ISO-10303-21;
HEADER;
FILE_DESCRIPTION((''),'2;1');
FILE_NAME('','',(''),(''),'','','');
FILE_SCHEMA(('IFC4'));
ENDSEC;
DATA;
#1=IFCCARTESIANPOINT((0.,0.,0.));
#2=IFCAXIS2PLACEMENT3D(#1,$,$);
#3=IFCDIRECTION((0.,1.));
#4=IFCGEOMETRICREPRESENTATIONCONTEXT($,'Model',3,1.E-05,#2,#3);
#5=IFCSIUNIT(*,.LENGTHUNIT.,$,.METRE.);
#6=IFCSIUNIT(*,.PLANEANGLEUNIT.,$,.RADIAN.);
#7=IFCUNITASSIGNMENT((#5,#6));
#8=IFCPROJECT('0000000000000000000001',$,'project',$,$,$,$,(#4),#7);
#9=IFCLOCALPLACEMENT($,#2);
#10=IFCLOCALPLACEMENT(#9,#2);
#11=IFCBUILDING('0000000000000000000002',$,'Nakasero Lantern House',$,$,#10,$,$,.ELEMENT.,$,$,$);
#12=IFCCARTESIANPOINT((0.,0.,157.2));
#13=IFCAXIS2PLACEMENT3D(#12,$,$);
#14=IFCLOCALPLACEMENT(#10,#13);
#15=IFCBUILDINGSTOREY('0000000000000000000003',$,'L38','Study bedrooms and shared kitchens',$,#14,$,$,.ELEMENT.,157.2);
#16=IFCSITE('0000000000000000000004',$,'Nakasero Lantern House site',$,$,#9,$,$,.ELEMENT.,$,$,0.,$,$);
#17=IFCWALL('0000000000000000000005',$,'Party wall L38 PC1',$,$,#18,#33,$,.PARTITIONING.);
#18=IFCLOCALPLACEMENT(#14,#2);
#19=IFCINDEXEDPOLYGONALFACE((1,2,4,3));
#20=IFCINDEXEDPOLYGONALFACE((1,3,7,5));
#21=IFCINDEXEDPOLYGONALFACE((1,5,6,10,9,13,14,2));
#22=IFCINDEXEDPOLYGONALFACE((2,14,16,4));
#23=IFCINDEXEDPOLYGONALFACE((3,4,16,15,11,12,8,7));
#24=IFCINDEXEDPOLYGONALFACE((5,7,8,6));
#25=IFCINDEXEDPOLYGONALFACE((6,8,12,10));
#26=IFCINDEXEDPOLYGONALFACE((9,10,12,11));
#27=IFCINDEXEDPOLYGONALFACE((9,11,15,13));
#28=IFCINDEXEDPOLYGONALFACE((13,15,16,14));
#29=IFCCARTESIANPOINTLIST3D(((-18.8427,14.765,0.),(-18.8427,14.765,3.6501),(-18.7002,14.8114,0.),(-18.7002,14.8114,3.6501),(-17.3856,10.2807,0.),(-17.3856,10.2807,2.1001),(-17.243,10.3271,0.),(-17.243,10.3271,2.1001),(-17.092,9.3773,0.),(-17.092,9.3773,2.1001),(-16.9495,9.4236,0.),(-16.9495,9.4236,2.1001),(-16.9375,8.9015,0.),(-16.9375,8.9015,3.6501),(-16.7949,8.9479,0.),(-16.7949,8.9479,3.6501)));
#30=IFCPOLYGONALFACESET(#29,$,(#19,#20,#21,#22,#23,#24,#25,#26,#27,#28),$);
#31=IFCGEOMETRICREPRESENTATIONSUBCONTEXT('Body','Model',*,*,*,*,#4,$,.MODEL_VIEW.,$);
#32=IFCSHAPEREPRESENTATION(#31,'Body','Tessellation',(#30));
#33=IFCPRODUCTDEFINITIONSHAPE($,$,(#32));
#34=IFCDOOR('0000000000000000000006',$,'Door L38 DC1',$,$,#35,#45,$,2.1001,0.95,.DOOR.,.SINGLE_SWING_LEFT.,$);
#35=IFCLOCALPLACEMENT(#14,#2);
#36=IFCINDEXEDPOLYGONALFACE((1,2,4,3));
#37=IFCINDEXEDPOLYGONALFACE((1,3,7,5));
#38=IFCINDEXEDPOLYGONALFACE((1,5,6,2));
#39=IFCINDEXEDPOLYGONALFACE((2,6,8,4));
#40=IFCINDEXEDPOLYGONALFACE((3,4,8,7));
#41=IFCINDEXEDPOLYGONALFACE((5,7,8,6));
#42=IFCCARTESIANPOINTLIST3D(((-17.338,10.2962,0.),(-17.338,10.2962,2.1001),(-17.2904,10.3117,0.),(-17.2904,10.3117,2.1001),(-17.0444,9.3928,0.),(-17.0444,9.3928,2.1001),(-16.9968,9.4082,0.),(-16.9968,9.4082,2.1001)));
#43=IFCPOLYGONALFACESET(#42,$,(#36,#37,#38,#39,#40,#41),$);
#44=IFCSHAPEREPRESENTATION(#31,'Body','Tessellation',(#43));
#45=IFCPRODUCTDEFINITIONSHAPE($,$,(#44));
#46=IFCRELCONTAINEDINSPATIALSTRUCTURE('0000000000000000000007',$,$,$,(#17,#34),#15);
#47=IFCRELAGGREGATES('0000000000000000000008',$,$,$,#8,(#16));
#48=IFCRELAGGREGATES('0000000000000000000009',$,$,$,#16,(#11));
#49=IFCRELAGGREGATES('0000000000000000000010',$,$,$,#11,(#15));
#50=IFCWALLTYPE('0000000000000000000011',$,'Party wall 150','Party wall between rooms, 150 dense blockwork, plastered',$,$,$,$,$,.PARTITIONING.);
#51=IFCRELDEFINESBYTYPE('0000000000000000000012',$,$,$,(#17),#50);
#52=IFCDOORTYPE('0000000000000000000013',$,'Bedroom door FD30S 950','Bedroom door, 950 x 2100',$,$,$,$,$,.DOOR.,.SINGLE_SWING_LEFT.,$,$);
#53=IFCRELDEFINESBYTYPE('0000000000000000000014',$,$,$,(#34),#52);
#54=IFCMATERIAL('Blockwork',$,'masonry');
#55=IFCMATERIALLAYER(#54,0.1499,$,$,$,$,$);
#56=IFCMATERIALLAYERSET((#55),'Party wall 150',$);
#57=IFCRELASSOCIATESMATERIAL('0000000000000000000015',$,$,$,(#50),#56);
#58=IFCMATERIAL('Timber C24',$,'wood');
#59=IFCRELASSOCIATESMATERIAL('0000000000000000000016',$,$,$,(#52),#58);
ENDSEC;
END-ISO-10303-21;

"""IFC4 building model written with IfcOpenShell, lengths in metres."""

from ifc_helpers import new_model, si_unit, direction, frame, frame_2d, origin, place, context, subcontext, project, spatial, rectangle, extrude, material, layer, layer_set, type_object, element, fill, save


model = new_model("IFC4")

# Units and contexts
model_context = context("Model", 3, precision=1e-05, world=origin(), true_north=direction((0.0, 1.0)))
body_context = subcontext(model_context, "Body", "Model", "MODEL_VIEW")
ifc_project = project(units=[si_unit("LENGTHUNIT", "METRE"), si_unit("PLANEANGLEUNIT", "RADIAN")], contexts=[model_context])

# Site, building, storey
site_placement = place(None, origin())
site = spatial("IfcSite", under=ifc_project, at=site_placement, Name="Nakasero Lantern House site", CompositionType="ELEMENT", RefElevation=0.0)
building_placement = place(site_placement, origin())
building = spatial("IfcBuilding", under=site, at=building_placement, Name="Nakasero Lantern House", CompositionType="ELEMENT")
storey_placement = place(building_placement, frame((0.0, 0.0, 157.2)))
storey = spatial("IfcBuildingStorey", under=building, at=storey_placement, Name="L38", Description="Study bedrooms and shared kitchens", CompositionType="ELEMENT", Elevation=157.2)

# Shared definitions
ifc_material_1 = material(Name="Blockwork", Category="masonry")
ifc_layer_1 = layer(ifc_material_1, 0.1499)
ifc_layer_set_1 = layer_set([ifc_layer_1], Name="Party wall 150")
wall_type_1 = type_object("IfcWallType", Name="Party wall 150", Description="Party wall between rooms, 150 dense blockwork, plastered", PredefinedType="PARTITIONING", material=ifc_layer_set_1)

# Wall, opening, door
wall_1_placement = place(storey_placement, frame((-16.8662, 8.9248, 0.0), z_axis=(0.0, 0.0, 1.0), x_axis=(-0.309031, 0.951052, 0.0)))
wall_1 = element("IfcWall", 1, at=wall_1_placement, inside=storey, type_object=wall_type_1, Name="Party wall L38 PC1", PredefinedType="PARTITIONING", context=body_context, shape_type="SweptSolid", body=[
    extrude(rectangle(XDim=6.1653, YDim=0.1499, at=frame_2d((3.0825, 0.0))), origin(), (0.0, 0.0, 1.0), 3.6501),
])
opening_1_placement = place(wall_1_placement, frame((0.5, 0.0, 0.0)))
opening_1 = element("IfcOpeningElement", 2, at=opening_1_placement, cuts=wall_1, PredefinedType="OPENING", context=body_context, shape_type="SweptSolid", body=[
    extrude(rectangle(XDim=0.95, YDim=2.1001, at=frame_2d((0.4751, 1.05))), frame((0.0, 0.095, 0.0), z_axis=(0.0, -1.0, 0.0), x_axis=(1.0, 0.0, 0.0)), (0.0, 0.0, 1.0), 0.1899),
])
ifc_material_2 = material(Name="Timber C24", Category="wood")
door_type_1 = type_object("IfcDoorType", Name="Bedroom door FD30S 950", Description="Bedroom door, 950 x 2100", OperationType="SINGLE_SWING_LEFT", PredefinedType="DOOR", material=ifc_material_2)
door_1_placement = place(opening_1_placement, origin())
door_1 = element("IfcDoor", 3, at=door_1_placement, inside=storey, type_object=door_type_1, Name="Door L38 DC1", OperationType="SINGLE_SWING_LEFT", OverallHeight=2.1001, OverallWidth=0.95, PredefinedType="DOOR", context=body_context, shape_type="SweptSolid", body=[
    extrude(rectangle(XDim=0.95, YDim=2.1001, at=frame_2d((0.4751, 1.05))), frame((0.0, 0.0249, 0.0), z_axis=(0.0, -1.0, 0.0), x_axis=(1.0, 0.0, 0.0)), (0.0, 0.0, 1.0), 0.05),
])
fill(opening_1, door_1)

save(model, "model.ifc")
